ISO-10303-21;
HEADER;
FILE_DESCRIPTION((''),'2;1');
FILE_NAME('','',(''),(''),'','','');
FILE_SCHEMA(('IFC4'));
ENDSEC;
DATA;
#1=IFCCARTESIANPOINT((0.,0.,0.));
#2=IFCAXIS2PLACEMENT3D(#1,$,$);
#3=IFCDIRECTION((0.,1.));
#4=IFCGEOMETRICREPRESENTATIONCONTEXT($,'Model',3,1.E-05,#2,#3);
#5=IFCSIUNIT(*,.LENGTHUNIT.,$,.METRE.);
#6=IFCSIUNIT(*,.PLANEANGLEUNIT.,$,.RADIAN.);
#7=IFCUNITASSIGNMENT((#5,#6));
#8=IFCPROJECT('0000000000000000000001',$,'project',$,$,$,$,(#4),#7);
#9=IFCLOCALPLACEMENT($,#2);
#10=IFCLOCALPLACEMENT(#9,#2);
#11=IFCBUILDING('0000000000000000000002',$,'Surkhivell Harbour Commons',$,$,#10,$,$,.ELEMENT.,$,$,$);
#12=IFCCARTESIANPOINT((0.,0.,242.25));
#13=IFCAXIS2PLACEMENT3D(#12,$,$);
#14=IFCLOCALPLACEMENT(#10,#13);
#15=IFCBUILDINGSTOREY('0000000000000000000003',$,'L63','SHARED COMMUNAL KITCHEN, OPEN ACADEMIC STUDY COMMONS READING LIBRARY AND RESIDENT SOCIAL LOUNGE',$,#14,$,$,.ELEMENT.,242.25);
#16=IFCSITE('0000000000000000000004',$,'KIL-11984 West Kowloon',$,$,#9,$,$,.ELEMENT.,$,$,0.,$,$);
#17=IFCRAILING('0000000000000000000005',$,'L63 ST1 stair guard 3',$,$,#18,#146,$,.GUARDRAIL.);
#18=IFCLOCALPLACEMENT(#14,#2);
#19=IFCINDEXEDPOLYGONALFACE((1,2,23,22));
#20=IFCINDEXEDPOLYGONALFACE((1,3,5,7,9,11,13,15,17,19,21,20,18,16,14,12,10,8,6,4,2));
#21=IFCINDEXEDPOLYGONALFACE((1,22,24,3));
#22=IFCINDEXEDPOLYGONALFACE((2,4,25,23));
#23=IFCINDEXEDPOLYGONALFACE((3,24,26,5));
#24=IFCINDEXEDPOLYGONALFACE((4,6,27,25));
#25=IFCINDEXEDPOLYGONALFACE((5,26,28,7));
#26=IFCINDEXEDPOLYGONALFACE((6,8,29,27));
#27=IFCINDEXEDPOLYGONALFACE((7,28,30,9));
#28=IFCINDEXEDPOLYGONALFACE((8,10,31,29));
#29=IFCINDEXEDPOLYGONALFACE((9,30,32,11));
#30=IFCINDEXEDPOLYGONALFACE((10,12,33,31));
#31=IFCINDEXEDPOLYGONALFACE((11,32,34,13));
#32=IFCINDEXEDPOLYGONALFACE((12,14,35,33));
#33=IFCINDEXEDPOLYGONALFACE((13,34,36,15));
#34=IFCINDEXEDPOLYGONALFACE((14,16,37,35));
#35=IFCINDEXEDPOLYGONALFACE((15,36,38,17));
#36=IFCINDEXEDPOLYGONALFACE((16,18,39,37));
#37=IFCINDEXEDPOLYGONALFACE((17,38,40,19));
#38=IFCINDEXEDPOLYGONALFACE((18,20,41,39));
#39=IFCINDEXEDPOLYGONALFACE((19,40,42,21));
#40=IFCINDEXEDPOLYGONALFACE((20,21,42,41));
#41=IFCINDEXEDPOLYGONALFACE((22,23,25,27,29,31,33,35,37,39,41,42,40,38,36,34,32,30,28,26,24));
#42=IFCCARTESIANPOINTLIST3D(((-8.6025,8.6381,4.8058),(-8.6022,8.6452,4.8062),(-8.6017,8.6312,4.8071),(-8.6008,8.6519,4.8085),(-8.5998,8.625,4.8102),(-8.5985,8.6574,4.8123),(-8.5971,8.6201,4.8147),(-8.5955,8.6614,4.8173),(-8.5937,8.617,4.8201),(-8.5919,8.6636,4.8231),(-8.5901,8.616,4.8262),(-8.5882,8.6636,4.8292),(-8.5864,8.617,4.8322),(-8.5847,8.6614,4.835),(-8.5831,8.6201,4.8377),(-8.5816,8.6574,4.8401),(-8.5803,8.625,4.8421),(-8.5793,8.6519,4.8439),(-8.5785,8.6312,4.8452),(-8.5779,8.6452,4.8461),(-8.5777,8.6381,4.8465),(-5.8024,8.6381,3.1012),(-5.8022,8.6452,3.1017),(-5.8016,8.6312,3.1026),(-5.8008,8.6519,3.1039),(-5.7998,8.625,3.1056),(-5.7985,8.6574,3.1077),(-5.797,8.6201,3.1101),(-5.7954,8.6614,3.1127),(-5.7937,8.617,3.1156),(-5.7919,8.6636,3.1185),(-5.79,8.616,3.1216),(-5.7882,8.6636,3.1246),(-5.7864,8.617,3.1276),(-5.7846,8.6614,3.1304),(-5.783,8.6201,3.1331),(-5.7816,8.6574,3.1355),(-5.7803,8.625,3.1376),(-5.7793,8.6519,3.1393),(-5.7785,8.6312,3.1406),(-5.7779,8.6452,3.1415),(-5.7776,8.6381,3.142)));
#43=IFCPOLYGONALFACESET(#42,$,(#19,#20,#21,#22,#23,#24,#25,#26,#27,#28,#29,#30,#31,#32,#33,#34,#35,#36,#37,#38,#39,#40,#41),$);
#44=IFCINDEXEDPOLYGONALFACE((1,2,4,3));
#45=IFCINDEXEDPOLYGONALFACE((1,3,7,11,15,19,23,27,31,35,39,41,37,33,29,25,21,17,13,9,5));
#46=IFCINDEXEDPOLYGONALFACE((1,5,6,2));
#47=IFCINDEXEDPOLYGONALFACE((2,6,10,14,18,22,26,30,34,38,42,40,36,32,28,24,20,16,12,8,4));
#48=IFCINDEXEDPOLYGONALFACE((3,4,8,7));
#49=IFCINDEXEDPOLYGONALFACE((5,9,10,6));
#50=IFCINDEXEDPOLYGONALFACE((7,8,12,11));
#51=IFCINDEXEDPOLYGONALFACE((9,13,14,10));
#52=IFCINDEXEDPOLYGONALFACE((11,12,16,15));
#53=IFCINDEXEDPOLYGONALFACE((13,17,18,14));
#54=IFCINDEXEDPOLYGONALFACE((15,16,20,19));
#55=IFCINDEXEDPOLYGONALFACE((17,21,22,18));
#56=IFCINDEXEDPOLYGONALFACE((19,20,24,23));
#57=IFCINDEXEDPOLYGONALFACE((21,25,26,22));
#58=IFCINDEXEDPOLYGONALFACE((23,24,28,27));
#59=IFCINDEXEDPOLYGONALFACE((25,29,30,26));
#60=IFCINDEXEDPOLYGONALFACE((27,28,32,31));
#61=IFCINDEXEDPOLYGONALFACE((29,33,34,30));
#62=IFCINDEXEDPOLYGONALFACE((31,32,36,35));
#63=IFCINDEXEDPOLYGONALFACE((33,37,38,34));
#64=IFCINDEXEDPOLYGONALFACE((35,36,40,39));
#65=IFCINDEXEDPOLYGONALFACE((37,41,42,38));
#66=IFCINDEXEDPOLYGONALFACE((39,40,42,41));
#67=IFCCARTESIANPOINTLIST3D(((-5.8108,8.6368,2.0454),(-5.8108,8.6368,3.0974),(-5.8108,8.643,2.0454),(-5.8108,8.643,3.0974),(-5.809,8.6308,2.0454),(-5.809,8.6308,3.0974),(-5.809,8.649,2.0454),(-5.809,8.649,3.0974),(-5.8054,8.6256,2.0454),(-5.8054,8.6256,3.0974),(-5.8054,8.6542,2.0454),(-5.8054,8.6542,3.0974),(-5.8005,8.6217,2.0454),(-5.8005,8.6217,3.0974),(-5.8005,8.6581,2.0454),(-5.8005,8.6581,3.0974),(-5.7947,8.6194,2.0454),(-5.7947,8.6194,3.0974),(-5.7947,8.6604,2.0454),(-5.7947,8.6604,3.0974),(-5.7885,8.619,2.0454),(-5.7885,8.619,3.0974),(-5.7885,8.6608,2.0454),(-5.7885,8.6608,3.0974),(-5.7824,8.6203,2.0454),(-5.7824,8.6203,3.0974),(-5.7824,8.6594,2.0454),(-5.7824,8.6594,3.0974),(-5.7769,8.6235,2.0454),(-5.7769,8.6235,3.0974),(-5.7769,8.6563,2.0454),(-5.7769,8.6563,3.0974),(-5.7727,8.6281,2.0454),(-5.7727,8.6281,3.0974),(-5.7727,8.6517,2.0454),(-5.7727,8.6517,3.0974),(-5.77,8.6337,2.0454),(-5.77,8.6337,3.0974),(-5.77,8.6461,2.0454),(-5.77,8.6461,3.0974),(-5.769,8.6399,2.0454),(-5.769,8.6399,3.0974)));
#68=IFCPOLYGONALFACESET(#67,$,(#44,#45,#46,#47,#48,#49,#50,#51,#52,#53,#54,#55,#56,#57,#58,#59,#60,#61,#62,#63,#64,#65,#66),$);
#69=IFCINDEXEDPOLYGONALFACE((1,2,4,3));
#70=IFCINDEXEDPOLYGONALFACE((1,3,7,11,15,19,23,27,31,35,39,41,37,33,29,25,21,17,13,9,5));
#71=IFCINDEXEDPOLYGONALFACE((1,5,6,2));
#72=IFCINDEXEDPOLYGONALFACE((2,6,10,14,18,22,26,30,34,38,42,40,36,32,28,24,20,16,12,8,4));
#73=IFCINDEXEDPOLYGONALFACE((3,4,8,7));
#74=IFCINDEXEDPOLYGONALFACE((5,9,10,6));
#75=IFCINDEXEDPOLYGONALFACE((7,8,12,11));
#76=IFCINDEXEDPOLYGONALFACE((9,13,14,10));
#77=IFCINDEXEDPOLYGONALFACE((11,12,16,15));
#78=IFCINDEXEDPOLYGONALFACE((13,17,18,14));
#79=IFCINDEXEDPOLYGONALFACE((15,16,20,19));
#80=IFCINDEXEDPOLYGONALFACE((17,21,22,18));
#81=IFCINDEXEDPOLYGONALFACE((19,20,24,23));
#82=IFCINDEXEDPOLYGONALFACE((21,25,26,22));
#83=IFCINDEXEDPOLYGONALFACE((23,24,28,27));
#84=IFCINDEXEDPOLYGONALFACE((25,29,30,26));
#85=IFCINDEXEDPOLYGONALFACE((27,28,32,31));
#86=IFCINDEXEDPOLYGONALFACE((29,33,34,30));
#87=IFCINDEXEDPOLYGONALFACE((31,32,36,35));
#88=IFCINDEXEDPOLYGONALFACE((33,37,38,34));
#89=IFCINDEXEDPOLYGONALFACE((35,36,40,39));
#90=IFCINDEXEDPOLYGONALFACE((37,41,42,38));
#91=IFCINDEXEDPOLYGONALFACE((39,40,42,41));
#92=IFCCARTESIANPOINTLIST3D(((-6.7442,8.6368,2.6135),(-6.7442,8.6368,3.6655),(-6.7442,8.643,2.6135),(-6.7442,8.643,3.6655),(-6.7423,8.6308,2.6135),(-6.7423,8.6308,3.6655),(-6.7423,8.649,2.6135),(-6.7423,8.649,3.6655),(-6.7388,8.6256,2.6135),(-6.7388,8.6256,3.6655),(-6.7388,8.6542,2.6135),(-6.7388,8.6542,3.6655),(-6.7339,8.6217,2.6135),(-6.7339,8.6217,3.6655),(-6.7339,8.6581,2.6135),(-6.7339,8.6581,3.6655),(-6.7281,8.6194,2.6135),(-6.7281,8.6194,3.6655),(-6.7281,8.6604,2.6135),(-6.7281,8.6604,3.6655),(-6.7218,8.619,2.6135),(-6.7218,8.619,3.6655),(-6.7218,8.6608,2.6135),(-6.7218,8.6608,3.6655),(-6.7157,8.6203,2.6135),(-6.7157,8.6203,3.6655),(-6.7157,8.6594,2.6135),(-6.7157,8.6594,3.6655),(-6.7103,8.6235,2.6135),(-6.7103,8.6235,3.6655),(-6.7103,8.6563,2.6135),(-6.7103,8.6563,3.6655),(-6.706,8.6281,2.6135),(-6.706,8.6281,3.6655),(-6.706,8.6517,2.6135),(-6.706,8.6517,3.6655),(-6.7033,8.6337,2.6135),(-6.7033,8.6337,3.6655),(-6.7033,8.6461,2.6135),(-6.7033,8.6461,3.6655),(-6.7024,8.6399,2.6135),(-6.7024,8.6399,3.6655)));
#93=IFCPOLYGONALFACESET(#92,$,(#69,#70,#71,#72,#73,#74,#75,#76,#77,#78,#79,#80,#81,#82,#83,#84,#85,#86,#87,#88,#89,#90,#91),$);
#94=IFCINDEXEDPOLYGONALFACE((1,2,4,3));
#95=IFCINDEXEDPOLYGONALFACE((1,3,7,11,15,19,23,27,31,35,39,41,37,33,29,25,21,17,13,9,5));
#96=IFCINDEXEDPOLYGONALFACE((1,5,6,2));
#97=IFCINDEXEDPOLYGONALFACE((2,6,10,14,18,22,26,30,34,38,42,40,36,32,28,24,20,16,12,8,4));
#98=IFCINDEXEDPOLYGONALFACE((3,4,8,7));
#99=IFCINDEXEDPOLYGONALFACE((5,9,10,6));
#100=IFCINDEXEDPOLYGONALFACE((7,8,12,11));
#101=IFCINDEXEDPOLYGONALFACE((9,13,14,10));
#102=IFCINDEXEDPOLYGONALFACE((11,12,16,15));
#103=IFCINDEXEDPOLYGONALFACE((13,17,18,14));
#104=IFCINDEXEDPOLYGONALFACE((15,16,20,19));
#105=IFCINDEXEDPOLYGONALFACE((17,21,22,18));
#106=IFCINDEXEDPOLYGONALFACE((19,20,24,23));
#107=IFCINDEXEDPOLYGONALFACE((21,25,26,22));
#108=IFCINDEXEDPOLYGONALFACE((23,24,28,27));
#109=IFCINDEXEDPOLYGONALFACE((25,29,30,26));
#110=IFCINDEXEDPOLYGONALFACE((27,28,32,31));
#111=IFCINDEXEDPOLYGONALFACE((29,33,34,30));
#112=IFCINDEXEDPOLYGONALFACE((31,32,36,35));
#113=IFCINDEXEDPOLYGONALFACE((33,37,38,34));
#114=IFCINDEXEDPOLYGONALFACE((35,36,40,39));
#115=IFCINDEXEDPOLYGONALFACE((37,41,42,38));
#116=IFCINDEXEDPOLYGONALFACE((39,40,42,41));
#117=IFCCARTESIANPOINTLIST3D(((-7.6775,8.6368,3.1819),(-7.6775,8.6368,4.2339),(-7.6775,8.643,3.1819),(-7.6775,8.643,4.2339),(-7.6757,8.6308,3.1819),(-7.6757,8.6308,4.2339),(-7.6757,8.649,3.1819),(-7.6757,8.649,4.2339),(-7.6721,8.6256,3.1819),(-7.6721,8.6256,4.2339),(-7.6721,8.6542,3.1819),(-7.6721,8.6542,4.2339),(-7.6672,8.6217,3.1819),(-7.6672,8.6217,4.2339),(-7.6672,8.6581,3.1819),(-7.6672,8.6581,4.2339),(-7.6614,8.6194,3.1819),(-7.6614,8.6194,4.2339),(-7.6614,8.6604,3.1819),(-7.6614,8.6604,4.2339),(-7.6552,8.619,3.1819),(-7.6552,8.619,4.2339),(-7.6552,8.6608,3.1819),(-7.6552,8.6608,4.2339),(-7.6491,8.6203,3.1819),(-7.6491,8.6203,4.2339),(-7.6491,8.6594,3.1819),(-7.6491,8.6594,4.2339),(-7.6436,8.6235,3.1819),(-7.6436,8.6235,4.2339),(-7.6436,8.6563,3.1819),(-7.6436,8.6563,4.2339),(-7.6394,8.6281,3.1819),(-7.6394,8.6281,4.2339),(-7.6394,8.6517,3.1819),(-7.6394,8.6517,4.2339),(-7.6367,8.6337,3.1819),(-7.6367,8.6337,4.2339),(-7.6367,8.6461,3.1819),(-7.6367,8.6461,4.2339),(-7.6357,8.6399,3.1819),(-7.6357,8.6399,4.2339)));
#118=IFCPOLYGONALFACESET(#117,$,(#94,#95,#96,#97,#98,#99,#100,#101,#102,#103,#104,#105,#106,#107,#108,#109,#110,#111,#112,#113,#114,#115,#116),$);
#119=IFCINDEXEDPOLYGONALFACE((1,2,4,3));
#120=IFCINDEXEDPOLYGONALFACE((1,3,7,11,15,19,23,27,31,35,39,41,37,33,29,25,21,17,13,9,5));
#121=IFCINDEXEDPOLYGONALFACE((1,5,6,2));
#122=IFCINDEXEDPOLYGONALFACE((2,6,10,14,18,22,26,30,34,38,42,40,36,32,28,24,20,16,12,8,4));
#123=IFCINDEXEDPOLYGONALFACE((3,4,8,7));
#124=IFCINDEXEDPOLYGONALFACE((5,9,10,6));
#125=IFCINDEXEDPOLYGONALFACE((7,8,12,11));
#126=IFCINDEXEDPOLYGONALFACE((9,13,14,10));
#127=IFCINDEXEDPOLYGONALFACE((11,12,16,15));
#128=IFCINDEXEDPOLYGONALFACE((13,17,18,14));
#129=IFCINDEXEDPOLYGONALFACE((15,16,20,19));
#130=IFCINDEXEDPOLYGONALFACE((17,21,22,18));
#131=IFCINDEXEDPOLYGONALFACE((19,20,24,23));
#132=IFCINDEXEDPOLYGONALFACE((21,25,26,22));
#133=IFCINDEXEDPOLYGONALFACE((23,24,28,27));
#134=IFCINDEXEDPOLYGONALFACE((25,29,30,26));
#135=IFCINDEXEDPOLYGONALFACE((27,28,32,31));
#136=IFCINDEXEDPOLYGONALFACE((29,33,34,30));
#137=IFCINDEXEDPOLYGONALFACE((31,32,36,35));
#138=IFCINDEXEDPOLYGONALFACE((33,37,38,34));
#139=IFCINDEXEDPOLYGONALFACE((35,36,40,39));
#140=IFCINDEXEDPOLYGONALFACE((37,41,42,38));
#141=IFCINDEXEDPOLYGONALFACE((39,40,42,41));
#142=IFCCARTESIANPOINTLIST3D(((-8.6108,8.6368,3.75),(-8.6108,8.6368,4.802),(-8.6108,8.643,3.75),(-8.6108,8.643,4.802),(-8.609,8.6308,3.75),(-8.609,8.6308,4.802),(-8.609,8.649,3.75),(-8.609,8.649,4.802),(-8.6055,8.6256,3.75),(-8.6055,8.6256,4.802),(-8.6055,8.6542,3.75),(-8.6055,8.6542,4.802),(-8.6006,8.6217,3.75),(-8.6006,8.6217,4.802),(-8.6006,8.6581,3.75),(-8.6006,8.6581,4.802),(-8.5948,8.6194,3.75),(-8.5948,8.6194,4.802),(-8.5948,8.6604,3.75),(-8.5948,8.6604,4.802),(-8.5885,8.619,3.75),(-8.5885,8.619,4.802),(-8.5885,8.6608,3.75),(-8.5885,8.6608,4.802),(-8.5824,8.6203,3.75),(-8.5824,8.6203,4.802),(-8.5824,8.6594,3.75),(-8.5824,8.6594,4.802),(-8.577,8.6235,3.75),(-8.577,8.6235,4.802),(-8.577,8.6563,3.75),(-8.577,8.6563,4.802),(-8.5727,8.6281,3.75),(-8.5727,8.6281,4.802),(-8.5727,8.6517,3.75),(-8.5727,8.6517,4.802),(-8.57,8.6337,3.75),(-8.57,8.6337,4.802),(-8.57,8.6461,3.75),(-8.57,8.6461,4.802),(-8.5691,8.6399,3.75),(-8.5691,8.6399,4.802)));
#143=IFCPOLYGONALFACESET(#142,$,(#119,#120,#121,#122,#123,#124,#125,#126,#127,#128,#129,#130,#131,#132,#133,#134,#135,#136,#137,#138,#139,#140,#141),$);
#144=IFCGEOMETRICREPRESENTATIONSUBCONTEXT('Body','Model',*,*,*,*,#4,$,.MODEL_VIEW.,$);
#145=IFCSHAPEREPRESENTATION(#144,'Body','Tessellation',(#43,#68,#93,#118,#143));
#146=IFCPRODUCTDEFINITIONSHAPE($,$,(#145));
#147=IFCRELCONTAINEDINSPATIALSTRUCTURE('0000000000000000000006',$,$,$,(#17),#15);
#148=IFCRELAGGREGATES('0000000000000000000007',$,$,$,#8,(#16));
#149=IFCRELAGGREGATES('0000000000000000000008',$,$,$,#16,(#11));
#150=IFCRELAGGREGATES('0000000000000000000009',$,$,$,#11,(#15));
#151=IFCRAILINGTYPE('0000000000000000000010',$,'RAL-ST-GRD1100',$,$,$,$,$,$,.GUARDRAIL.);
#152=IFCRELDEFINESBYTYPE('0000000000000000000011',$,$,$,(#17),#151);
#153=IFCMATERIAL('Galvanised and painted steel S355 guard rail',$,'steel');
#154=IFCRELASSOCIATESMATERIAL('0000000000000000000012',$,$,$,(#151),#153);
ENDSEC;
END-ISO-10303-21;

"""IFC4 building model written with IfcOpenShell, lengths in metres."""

from ifc_helpers import new_model, si_unit, direction, frame, origin, origin_2d, place, context, subcontext, project, spatial, circle, extrude, material, type_object, element, save


model = new_model("IFC4")

# Units and contexts
model_context = context("Model", 3, precision=1e-05, world=origin(), true_north=direction((0.0, 1.0)))
body_context = subcontext(model_context, "Body", "Model", "MODEL_VIEW")
ifc_project = project(units=[si_unit("LENGTHUNIT", "METRE"), si_unit("PLANEANGLEUNIT", "RADIAN")], contexts=[model_context])

# Site, building, storey
site_placement = place(None, origin())
site = spatial("IfcSite", under=ifc_project, at=site_placement, Name="KIL-11984 West Kowloon", CompositionType="ELEMENT", RefElevation=0.0)
building_placement = place(site_placement, origin())
building = spatial("IfcBuilding", under=site, at=building_placement, Name="Surkhivell Harbour Commons", CompositionType="ELEMENT")
storey_placement = place(building_placement, frame((0.0, 0.0, 242.25)))
storey = spatial("IfcBuildingStorey", under=building, at=storey_placement, Name="L63", Description="SHARED COMMUNAL KITCHEN, OPEN ACADEMIC STUDY COMMONS READING LIBRARY AND RESIDENT SOCIAL LOUNGE", CompositionType="ELEMENT", Elevation=242.25)

# Railing
ifc_material_1 = material(Name="Galvanised and painted steel S355 guard rail", Category="steel")
railing_type_1 = type_object("IfcRailingType", Name="RAL-ST-GRD1100", PredefinedType="GUARDRAIL", material=ifc_material_1)
railing_1_placement = place(storey_placement, frame((-5.79, 8.6399, 2.0454)))
element("IfcRailing", 1, at=railing_1_placement, inside=storey, type_object=railing_type_1, Name="L63 ST1 stair guard 3", PredefinedType="GUARDRAIL", context=body_context, shape_type="SweptSolid", body=[
    extrude(circle(Radius=0.0239, at=origin_2d()), frame((0.0, 0.0, 1.0762), z_axis=(-0.85417, 0.0, 0.519994), x_axis=(0.0, -1.0, 0.0)), (0.0, 0.0, 1.0), 3.2781),
    extrude(circle(Radius=0.021, at=origin_2d()), origin(), (0.0, 0.0, 1.0), 1.052),
    extrude(circle(Radius=0.021, at=origin_2d()), frame((-0.9333, 0.0, 0.5681)), (0.0, 0.0, 1.0), 1.052),
    extrude(circle(Radius=0.021, at=origin_2d()), frame((-1.8667, 0.0, 1.1365)), (0.0, 0.0, 1.0), 1.052),
    extrude(circle(Radius=0.021, at=origin_2d()), frame((-2.8, 0.0, 1.7046)), (0.0, 0.0, 1.0), 1.052),
])

save(model, "model.ifc")
